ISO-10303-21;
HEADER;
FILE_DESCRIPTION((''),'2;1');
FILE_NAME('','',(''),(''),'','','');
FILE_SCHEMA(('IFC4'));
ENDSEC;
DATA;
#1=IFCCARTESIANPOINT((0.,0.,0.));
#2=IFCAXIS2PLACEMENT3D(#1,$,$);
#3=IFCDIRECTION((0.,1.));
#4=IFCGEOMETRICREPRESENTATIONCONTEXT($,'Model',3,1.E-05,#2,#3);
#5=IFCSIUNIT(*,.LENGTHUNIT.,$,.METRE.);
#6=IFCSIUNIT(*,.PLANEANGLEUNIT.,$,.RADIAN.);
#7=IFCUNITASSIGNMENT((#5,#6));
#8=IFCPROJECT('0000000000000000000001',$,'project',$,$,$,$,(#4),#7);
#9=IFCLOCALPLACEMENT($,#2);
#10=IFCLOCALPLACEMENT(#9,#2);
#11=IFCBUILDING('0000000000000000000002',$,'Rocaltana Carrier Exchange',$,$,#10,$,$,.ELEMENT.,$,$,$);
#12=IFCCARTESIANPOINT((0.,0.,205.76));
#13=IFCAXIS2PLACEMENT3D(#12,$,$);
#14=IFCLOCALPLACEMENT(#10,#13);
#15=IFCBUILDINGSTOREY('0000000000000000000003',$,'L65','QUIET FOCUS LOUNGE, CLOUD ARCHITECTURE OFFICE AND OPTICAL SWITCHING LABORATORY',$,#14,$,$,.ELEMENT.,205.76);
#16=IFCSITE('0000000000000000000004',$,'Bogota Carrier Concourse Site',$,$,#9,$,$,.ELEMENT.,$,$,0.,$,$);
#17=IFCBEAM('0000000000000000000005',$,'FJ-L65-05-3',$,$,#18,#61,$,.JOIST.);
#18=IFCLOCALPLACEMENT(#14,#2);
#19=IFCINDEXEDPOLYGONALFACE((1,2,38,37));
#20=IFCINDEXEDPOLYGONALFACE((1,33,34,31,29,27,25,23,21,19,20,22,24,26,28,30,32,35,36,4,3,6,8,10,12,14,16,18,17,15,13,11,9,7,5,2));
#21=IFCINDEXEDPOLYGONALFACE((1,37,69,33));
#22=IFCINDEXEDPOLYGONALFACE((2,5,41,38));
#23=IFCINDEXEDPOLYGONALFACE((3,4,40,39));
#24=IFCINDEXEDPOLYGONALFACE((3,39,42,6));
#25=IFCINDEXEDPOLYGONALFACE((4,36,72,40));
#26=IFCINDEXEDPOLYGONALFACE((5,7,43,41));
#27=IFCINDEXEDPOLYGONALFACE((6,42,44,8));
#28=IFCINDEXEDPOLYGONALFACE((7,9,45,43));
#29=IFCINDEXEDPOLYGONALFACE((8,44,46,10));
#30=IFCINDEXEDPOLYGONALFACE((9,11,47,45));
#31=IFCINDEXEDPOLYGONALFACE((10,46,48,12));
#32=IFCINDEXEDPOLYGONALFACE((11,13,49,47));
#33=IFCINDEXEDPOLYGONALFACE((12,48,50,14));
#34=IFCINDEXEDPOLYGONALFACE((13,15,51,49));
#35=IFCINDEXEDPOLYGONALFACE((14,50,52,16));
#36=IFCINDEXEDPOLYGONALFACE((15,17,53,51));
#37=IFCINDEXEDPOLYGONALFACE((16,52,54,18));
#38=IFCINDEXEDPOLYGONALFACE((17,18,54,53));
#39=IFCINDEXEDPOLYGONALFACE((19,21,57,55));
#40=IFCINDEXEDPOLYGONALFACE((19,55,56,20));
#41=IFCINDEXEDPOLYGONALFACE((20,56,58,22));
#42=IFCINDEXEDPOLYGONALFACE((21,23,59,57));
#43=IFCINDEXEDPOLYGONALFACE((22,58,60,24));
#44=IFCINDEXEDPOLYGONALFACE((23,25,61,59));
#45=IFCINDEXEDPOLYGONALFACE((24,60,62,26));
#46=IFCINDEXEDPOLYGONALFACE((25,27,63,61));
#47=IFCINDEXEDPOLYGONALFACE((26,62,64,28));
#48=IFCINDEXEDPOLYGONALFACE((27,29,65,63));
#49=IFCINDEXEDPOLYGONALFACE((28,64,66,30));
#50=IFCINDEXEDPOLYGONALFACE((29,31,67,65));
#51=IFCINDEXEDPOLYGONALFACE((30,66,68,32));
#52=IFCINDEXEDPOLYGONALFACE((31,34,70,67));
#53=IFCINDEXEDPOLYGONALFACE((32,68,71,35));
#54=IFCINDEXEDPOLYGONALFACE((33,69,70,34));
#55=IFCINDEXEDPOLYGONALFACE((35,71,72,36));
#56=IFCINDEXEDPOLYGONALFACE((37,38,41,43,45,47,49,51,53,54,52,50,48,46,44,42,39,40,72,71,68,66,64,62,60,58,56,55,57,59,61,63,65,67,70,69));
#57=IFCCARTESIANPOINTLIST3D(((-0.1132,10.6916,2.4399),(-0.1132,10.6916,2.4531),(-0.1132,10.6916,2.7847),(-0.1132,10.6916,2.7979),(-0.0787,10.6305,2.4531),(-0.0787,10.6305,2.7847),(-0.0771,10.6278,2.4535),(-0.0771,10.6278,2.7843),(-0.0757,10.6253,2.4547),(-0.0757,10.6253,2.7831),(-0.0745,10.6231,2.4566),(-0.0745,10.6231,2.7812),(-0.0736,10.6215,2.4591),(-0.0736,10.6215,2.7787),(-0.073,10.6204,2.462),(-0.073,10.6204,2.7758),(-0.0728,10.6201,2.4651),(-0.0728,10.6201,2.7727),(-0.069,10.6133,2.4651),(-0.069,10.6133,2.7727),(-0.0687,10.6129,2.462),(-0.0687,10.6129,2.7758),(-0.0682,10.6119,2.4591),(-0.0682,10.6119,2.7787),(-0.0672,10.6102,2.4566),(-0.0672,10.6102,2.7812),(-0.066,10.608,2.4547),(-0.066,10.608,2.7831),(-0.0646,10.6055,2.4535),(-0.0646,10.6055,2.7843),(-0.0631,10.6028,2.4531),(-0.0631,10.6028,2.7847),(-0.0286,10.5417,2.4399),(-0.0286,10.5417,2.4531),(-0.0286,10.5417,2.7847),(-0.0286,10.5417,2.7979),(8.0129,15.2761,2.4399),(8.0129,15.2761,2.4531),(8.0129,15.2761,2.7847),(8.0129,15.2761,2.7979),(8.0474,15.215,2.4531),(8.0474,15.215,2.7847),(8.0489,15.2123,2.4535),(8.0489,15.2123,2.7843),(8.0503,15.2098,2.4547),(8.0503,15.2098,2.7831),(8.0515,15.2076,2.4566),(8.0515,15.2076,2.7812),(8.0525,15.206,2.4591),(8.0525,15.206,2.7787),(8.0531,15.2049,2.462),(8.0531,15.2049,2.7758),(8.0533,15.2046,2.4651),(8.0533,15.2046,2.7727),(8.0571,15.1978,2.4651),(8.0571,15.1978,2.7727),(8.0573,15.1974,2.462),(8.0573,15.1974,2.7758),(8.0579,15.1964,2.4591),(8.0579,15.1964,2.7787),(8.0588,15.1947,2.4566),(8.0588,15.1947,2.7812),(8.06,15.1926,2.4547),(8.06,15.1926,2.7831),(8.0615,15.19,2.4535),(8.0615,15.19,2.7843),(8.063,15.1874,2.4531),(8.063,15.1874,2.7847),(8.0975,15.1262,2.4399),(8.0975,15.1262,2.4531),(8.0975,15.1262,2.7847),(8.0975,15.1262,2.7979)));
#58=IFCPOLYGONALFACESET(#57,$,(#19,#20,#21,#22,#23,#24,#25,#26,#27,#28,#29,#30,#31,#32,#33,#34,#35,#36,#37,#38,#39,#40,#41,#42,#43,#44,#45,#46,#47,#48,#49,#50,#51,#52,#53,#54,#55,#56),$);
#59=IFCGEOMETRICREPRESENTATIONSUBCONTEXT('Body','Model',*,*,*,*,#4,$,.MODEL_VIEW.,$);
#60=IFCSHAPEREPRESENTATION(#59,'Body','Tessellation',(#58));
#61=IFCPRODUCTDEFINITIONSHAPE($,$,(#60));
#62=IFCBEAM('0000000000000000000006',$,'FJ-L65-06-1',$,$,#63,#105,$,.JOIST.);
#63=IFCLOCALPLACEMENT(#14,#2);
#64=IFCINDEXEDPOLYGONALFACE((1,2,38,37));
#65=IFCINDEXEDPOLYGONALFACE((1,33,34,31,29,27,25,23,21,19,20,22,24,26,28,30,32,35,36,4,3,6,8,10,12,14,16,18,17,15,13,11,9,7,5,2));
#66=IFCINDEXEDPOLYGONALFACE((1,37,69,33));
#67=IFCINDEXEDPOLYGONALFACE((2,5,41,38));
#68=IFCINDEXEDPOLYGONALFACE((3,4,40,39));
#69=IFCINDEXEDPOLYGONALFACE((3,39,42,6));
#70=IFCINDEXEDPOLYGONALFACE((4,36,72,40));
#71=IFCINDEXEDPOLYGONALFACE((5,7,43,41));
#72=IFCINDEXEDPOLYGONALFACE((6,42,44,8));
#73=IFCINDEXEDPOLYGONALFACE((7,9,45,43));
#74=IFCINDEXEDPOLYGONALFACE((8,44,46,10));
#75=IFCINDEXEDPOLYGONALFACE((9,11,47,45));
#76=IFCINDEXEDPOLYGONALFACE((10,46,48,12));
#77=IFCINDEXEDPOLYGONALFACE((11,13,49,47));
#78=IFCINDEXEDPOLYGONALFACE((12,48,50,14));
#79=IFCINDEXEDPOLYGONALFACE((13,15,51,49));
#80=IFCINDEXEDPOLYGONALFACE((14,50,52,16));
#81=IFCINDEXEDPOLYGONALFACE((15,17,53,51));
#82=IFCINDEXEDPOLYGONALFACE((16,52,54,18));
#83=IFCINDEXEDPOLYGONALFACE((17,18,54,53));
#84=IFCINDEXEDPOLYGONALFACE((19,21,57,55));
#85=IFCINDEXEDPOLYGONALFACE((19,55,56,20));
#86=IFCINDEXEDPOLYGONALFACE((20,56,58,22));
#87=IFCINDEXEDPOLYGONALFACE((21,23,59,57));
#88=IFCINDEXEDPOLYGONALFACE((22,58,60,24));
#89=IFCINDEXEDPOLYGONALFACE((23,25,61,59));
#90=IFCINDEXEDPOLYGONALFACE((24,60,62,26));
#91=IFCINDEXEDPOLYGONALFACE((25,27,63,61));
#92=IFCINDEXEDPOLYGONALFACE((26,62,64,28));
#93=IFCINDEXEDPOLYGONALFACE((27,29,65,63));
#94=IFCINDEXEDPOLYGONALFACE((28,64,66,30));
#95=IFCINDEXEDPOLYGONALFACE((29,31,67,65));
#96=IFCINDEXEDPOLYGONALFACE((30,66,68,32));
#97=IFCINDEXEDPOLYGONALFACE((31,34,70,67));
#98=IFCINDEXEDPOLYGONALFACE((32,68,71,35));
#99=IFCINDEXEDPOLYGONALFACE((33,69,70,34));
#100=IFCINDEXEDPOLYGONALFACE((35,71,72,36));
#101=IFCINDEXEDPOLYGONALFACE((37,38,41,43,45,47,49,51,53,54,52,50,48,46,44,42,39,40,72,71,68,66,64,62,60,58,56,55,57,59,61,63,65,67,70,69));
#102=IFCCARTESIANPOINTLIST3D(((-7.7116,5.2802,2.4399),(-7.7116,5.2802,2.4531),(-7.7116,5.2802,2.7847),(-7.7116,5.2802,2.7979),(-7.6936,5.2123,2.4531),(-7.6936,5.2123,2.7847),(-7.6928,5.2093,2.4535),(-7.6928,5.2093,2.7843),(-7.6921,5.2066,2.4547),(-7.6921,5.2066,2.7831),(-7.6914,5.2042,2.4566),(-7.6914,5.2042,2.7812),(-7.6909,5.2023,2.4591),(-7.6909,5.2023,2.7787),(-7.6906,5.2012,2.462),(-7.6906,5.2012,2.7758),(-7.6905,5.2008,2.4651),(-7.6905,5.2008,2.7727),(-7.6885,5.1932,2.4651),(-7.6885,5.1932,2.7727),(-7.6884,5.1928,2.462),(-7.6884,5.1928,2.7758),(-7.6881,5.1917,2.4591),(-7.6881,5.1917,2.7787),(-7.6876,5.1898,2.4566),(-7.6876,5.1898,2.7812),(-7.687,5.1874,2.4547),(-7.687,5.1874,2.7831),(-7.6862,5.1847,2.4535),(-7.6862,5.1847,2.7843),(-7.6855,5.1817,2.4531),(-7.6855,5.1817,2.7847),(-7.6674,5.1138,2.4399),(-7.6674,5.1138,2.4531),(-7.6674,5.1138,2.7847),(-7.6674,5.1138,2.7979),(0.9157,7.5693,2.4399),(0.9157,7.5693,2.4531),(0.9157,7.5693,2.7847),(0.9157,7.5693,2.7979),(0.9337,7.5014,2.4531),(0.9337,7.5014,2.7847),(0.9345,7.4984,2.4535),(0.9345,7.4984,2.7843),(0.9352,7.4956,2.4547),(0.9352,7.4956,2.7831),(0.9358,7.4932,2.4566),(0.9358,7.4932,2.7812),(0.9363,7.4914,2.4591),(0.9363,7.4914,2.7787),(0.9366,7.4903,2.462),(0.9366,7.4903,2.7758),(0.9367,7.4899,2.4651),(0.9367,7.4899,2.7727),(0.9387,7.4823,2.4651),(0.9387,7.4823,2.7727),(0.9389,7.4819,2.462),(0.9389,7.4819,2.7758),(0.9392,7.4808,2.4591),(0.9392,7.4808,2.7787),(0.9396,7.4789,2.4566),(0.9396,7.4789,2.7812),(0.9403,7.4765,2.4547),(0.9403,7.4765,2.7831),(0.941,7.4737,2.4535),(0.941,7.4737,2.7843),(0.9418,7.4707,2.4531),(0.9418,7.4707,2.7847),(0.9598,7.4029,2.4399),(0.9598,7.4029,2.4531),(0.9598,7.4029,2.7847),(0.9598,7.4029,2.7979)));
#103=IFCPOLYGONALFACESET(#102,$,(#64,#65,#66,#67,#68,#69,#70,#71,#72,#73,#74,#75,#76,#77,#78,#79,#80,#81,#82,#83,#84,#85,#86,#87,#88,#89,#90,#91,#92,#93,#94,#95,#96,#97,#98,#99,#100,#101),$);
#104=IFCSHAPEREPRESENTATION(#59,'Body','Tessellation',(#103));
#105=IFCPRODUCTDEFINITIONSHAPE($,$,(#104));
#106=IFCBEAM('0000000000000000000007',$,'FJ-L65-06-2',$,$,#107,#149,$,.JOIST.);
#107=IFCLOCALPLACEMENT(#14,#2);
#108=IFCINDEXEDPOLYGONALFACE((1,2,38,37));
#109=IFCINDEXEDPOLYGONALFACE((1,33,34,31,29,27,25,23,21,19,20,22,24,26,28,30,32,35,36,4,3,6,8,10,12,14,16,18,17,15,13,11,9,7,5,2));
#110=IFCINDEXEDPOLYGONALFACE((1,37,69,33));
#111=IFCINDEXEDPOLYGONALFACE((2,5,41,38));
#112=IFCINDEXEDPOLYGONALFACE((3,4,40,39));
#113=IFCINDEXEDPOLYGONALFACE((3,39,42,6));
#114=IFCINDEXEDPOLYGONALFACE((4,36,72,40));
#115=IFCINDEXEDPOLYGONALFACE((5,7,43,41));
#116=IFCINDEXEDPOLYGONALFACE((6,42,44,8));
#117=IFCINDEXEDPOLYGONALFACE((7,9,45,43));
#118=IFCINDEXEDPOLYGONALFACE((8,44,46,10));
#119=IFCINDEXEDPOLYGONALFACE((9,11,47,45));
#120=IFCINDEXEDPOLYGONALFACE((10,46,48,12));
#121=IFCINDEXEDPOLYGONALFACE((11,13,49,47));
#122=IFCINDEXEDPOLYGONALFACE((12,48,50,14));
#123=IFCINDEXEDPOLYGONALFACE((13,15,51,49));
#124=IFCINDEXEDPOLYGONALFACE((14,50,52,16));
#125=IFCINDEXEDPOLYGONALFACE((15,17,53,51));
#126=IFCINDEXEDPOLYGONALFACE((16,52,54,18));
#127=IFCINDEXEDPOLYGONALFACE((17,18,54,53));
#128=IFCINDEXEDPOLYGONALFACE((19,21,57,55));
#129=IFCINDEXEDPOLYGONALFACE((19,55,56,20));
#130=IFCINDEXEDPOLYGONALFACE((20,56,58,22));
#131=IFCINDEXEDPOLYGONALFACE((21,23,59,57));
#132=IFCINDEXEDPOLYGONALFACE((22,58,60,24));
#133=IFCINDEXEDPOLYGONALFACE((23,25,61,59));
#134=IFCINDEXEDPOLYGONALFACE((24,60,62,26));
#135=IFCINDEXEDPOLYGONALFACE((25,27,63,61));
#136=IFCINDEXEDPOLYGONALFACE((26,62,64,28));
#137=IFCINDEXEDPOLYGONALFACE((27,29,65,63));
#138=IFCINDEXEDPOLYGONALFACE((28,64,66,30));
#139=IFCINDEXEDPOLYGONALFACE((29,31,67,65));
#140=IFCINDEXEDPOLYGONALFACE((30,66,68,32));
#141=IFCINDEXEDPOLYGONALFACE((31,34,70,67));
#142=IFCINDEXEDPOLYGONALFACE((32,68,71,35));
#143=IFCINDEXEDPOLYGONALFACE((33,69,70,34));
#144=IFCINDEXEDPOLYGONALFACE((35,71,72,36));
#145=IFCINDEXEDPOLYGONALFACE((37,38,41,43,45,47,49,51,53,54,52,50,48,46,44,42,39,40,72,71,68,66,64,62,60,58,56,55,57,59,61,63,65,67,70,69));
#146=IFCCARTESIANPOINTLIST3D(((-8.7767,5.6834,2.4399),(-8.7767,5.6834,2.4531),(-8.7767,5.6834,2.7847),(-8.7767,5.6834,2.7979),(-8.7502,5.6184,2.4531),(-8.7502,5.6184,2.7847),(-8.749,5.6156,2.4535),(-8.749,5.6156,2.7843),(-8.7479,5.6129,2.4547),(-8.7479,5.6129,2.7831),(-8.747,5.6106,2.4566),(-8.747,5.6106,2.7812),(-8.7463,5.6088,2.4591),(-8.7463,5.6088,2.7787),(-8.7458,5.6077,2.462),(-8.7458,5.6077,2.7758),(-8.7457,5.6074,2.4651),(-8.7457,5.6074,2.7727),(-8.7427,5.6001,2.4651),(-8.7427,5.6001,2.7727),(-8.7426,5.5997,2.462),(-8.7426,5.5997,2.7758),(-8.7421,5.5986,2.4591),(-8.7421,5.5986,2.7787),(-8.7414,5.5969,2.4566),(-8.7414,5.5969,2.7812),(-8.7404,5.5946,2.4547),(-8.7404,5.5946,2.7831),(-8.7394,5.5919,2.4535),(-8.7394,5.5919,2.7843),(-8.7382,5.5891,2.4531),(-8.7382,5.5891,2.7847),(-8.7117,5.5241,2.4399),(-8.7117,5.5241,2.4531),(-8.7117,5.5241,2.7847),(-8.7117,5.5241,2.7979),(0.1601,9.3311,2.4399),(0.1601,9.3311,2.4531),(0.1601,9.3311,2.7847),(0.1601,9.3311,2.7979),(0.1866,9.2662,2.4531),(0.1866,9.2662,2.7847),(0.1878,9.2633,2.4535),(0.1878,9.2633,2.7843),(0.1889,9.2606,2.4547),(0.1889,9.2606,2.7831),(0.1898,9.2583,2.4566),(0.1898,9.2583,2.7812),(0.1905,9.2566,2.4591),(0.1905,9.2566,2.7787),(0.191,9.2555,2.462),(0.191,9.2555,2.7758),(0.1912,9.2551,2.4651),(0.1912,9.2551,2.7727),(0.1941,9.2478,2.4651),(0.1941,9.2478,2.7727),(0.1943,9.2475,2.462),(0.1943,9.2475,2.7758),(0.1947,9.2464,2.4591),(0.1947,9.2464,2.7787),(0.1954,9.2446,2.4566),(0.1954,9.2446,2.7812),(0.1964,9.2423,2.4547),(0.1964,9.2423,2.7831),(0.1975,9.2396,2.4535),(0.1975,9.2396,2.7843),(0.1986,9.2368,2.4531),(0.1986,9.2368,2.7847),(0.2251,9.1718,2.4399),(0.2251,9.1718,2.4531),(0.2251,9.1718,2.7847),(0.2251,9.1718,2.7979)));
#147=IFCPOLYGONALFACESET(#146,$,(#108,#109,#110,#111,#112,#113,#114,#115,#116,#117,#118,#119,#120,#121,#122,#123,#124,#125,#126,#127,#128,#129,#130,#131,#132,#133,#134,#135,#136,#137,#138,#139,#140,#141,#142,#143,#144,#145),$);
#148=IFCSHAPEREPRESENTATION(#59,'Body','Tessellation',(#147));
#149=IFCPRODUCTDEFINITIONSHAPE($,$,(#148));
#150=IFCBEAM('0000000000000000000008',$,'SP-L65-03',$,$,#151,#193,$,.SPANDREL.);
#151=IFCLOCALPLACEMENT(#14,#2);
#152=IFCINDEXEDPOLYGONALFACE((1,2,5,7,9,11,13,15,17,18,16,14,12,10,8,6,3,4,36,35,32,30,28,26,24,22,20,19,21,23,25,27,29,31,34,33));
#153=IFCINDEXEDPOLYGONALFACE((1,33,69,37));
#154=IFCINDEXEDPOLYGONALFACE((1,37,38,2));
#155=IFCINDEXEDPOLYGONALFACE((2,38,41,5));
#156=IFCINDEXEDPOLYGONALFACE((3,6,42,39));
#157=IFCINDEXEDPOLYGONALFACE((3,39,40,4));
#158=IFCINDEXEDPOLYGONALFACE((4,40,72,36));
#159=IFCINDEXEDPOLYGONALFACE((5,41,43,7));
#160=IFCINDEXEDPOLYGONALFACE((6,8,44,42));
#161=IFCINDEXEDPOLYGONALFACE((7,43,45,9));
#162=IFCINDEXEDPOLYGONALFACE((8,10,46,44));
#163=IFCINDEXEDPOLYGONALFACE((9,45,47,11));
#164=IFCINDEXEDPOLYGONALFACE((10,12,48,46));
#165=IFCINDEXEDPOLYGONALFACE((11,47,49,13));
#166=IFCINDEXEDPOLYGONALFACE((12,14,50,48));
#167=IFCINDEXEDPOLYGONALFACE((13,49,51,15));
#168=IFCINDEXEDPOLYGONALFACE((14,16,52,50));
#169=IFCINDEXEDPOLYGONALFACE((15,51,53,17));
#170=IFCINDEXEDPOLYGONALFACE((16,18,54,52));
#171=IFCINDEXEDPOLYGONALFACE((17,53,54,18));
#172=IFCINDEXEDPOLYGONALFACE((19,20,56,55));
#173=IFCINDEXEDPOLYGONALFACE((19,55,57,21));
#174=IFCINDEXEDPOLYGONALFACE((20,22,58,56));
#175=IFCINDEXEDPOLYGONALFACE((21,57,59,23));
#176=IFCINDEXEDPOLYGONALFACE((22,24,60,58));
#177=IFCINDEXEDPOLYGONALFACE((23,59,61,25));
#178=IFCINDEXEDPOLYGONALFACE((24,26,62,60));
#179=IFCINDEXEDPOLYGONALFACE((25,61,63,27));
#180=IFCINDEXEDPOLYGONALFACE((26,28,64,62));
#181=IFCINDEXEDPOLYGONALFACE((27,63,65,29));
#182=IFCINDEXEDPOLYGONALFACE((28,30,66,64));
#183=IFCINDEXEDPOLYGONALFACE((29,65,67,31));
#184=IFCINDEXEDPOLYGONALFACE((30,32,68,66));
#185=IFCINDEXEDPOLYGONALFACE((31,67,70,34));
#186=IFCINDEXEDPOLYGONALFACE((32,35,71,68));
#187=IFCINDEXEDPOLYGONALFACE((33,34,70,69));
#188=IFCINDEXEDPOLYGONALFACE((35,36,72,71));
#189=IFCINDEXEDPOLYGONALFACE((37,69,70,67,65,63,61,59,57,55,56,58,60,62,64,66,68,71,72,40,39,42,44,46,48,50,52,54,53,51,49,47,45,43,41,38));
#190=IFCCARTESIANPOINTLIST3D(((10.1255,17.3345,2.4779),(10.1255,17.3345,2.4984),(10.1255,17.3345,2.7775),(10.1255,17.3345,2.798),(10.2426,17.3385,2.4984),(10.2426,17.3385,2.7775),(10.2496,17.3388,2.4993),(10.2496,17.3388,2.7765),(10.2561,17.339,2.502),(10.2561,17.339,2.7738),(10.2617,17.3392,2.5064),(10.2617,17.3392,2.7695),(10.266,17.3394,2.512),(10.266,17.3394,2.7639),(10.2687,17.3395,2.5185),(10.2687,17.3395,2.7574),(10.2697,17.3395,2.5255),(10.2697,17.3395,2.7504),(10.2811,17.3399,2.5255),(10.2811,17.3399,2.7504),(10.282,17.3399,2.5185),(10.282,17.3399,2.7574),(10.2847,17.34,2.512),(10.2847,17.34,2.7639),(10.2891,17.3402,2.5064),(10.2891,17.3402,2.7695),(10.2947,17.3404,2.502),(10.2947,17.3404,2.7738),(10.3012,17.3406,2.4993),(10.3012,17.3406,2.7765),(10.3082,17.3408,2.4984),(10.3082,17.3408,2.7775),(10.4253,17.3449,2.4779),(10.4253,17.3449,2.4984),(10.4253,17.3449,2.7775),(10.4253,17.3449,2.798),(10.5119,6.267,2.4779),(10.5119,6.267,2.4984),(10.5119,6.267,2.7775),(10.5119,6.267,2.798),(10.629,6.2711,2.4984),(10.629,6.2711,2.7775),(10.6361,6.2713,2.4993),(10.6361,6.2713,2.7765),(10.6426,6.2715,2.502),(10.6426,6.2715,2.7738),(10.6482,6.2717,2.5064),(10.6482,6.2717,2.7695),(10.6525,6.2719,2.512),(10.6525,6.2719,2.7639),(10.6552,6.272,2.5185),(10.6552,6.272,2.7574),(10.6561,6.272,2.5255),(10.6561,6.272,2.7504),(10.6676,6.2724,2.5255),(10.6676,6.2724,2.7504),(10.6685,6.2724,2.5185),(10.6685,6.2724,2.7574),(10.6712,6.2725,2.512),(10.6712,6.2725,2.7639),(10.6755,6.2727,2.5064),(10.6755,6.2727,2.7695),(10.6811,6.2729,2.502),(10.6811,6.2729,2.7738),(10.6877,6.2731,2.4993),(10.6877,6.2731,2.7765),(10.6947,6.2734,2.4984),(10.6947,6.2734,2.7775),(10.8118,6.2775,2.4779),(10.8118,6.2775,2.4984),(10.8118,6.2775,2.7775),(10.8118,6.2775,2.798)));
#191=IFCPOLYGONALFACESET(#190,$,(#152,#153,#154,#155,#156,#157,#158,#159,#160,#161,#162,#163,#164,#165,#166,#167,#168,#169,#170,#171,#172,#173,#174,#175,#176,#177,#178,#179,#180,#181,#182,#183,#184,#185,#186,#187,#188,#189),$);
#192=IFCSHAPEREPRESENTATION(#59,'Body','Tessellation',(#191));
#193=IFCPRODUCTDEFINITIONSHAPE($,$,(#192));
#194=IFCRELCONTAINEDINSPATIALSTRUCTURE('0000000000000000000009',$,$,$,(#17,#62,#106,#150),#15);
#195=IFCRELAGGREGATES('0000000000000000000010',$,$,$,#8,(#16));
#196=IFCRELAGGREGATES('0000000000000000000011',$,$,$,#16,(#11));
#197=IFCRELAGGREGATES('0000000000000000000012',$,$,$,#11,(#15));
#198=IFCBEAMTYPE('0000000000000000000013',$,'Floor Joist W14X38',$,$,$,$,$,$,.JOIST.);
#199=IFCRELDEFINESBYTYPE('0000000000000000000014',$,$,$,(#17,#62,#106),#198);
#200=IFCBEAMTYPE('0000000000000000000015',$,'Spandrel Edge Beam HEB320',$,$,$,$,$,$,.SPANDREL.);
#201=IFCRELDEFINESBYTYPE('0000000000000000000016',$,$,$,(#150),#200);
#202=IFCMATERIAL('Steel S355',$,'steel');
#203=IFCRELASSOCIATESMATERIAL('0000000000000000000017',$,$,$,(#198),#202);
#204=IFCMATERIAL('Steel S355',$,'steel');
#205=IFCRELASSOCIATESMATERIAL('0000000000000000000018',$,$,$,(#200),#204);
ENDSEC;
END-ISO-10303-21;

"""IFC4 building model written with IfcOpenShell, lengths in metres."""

from ifc_helpers import new_model, si_unit, direction, frame, origin, origin_2d, place, context, subcontext, project, spatial, i_section, extrude, material, material_profile, profile_set, type_object, element, save


model = new_model("IFC4")

# Units and contexts
model_context = context("Model", 3, precision=1e-05, world=origin(), true_north=direction((0.0, 1.0)))
body_context = subcontext(model_context, "Body", "Model", "MODEL_VIEW")
ifc_project = project(units=[si_unit("LENGTHUNIT", "METRE"), si_unit("PLANEANGLEUNIT", "RADIAN")], contexts=[model_context])

# Site, building, storey
site_placement = place(None, origin())
site = spatial("IfcSite", under=ifc_project, at=site_placement, Name="Bogota Carrier Concourse Site", CompositionType="ELEMENT", RefElevation=0.0)
building_placement = place(site_placement, origin())
building = spatial("IfcBuilding", under=site, at=building_placement, Name="Rocaltana Carrier Exchange", CompositionType="ELEMENT")
storey_placement = place(building_placement, frame((0.0, 0.0, 205.76)))
storey = spatial("IfcBuildingStorey", under=building, at=storey_placement, Name="L65", Description="QUIET FOCUS LOUNGE, CLOUD ARCHITECTURE OFFICE AND OPTICAL SWITCHING LABORATORY", CompositionType="ELEMENT", Elevation=205.76)

# Beams
ifc_material_1 = material(Name="Steel S355", Category="steel")
ifc_material_profile_1 = material_profile(ifc_material_1, i_section(OverallWidth=0.1721, OverallDepth=0.3579, WebThickness=0.0078, FlangeThickness=0.0132, FilletRadius=0.012, at=origin_2d()), Name="W14X38")
ifc_profile_set_1 = profile_set([ifc_material_profile_1], Name="Steel S355")
beam_type_1 = type_object("IfcBeamType", Name="Floor Joist W14X38", PredefinedType="JOIST", material=ifc_profile_set_1)
beam_1_placement = place(storey_placement, frame((8.0552, 15.2012, 2.6189), z_axis=(-0.870951, -0.491369, 0.0), x_axis=(0.491369, -0.870951, 0.0)))
element("IfcBeam", 1, at=beam_1_placement, inside=storey, type_object=beam_type_1, Name="FJ-L65-05-3", PredefinedType="JOIST", context=body_context, shape_type="SweptSolid", body=[
    extrude(i_section(OverallWidth=0.1721, OverallDepth=0.3579, WebThickness=0.0078, FlangeThickness=0.0132, FilletRadius=0.012, at=origin_2d()), origin(), (0.0, 0.0, 1.0), 9.3301),
])
beam_2_placement = place(storey_placement, frame((0.9377, 7.4861, 2.6189), z_axis=(-0.966556, -0.256457, 0.0), x_axis=(0.256457, -0.966556, 0.0)))
element("IfcBeam", 2, at=beam_2_placement, inside=storey, type_object=beam_type_1, Name="FJ-L65-06-1", PredefinedType="JOIST", context=body_context, shape_type="SweptSolid", body=[
    extrude(i_section(OverallWidth=0.1721, OverallDepth=0.3579, WebThickness=0.0078, FlangeThickness=0.0132, FilletRadius=0.012, at=origin_2d()), origin(), (0.0, 0.0, 1.0), 8.9258),
])
beam_3_placement = place(storey_placement, frame((0.1926, 9.2515, 2.6189), z_axis=(-0.925846, -0.377901, 0.0), x_axis=(0.377901, -0.925846, 0.0)))
element("IfcBeam", 3, at=beam_3_placement, inside=storey, type_object=beam_type_1, Name="FJ-L65-06-2", PredefinedType="JOIST", context=body_context, shape_type="SweptSolid", body=[
    extrude(i_section(OverallWidth=0.1721, OverallDepth=0.3579, WebThickness=0.0078, FlangeThickness=0.0132, FilletRadius=0.012, at=origin_2d()), origin(), (0.0, 0.0, 1.0), 9.6526),
])
ifc_material_2 = material(Name="Steel S355", Category="steel")
ifc_material_profile_2 = material_profile(ifc_material_2, i_section(OverallWidth=0.3, OverallDepth=0.3201, WebThickness=0.0115, FlangeThickness=0.0205, FilletRadius=0.0271, at=origin_2d()), Name="HEB320")
ifc_profile_set_2 = profile_set([ifc_material_profile_2], Name="Steel S355")
beam_type_2 = type_object("IfcBeamType", Name="Spandrel Edge Beam HEB320", PredefinedType="SPANDREL", material=ifc_profile_set_2)
beam_4_placement = place(storey_placement, frame((10.6619, 6.2722, 2.6379), z_axis=(-0.034899, 0.999391, 0.0), x_axis=(-0.999391, -0.034899, 0.0)))
element("IfcBeam", 4, at=beam_4_placement, inside=storey, type_object=beam_type_2, Name="SP-L65-03", PredefinedType="SPANDREL", context=body_context, shape_type="SweptSolid", body=[
    extrude(i_section(OverallWidth=0.3, OverallDepth=0.3201, WebThickness=0.0115, FlangeThickness=0.0205, FilletRadius=0.0271, at=origin_2d()), origin(), (0.0, 0.0, 1.0), 11.0742),
])

save(model, "model.ifc")
